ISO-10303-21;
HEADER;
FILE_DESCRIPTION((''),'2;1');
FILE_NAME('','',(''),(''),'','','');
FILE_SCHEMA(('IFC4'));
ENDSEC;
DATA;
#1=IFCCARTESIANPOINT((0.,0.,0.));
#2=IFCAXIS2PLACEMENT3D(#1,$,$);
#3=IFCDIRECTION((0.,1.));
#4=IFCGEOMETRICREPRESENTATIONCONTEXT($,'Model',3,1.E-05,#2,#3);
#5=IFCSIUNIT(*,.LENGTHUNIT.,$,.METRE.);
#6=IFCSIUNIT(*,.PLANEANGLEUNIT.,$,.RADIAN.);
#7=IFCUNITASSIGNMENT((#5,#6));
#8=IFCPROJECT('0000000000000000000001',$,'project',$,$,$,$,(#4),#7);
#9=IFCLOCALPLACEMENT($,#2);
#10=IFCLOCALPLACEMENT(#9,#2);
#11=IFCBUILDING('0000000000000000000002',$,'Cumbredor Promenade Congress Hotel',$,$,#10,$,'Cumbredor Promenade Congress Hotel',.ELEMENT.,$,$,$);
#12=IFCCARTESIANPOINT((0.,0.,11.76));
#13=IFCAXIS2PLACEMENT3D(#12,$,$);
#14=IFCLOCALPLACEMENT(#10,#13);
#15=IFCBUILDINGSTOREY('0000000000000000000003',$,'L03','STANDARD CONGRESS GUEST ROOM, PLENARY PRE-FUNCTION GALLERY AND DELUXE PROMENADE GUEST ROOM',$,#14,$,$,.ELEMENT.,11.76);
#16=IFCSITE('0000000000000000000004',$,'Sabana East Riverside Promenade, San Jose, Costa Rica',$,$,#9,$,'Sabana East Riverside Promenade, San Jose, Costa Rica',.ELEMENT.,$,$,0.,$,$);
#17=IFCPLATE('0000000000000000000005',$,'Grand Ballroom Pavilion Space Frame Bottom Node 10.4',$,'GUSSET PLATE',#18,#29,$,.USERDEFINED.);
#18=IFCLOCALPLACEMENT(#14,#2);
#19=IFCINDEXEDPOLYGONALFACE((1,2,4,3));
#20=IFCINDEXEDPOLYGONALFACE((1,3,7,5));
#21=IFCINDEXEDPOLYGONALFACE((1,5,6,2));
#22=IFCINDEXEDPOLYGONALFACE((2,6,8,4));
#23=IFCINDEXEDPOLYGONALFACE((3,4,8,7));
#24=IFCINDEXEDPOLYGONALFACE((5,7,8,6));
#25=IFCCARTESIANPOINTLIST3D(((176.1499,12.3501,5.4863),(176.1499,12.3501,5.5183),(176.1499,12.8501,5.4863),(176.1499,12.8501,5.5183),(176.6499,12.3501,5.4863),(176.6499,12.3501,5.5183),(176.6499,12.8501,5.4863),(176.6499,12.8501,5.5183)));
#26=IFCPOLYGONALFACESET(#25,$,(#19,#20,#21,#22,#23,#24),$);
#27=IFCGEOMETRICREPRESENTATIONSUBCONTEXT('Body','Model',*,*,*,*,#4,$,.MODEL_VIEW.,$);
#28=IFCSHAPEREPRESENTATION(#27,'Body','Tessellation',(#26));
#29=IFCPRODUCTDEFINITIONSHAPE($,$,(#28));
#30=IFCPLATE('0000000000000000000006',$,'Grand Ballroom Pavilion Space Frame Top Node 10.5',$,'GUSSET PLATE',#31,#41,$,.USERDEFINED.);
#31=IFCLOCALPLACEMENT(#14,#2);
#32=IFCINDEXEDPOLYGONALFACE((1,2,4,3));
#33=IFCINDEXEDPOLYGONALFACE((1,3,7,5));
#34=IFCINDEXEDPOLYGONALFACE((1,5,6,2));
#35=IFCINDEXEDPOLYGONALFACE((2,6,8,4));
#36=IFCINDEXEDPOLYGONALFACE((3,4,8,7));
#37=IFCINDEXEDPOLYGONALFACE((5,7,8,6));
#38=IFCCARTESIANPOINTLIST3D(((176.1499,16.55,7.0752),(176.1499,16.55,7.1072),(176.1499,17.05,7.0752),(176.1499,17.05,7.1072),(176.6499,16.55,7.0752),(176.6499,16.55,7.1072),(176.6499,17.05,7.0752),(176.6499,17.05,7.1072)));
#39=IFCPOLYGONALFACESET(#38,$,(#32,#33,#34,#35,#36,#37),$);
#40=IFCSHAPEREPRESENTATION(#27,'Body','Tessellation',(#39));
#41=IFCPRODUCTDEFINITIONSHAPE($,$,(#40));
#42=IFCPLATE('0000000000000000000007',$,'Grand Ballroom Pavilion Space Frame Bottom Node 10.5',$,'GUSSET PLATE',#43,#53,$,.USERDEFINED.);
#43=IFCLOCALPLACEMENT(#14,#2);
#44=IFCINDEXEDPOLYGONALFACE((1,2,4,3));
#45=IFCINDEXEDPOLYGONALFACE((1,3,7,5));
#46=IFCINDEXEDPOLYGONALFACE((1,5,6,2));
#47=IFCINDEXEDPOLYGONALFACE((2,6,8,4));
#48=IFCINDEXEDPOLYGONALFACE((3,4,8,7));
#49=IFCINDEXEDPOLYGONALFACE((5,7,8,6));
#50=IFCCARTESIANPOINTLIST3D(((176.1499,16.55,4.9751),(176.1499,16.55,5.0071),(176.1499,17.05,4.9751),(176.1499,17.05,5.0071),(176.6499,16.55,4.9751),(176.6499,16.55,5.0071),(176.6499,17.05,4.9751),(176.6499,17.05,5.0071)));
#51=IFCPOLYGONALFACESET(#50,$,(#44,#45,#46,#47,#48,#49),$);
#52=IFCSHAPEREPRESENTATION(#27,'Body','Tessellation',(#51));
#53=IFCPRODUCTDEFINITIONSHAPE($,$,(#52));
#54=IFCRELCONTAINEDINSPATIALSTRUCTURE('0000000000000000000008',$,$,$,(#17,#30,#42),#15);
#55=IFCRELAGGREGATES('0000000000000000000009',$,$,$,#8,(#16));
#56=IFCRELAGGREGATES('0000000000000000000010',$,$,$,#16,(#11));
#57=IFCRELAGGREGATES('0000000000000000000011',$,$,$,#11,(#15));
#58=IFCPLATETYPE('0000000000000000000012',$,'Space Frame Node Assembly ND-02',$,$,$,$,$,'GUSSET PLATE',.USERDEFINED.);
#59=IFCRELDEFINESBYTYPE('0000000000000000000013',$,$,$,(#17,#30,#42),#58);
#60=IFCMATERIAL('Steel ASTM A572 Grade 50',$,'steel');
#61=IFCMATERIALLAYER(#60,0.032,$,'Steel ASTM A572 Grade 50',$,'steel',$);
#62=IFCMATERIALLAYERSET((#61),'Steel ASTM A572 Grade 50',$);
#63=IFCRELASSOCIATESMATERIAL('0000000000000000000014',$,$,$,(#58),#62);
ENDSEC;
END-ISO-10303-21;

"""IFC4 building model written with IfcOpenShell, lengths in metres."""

from ifc_helpers import new_model, si_unit, direction, frame, origin, origin_2d, place, context, subcontext, project, spatial, rectangle, extrude, material, layer, layer_set, type_object, element, save


model = new_model("IFC4")

# Units and contexts
model_context = context("Model", 3, precision=1e-05, world=origin(), true_north=direction((0.0, 1.0)))
body_context = subcontext(model_context, "Body", "Model", "MODEL_VIEW")
ifc_project = project(units=[si_unit("LENGTHUNIT", "METRE"), si_unit("PLANEANGLEUNIT", "RADIAN")], contexts=[model_context])

# Site, building, storey
site_placement = place(None, origin())
site = spatial("IfcSite", under=ifc_project, at=site_placement, Name="Sabana East Riverside Promenade, San Jose, Costa Rica", LongName="Sabana East Riverside Promenade, San Jose, Costa Rica", CompositionType="ELEMENT", RefElevation=0.0)
building_placement = place(site_placement, origin())
building = spatial("IfcBuilding", under=site, at=building_placement, Name="Cumbredor Promenade Congress Hotel", LongName="Cumbredor Promenade Congress Hotel", CompositionType="ELEMENT")
storey_placement = place(building_placement, frame((0.0, 0.0, 11.76)))
storey = spatial("IfcBuildingStorey", under=building, at=storey_placement, Name="L03", Description="STANDARD CONGRESS GUEST ROOM, PLENARY PRE-FUNCTION GALLERY AND DELUXE PROMENADE GUEST ROOM", CompositionType="ELEMENT", Elevation=11.76)

# Plates
ifc_material_1 = material(Name="Steel ASTM A572 Grade 50", Category="steel")
ifc_layer_1 = layer(ifc_material_1, 0.032, Name="Steel ASTM A572 Grade 50", Category="steel")
ifc_layer_set_1 = layer_set([ifc_layer_1], Name="Steel ASTM A572 Grade 50")
plate_type_1 = type_object("IfcPlateType", Name="Space Frame Node Assembly ND-02", ElementType="GUSSET PLATE", PredefinedType="USERDEFINED", material=ifc_layer_set_1)
for number, where, z_axis, x_axis, name in (
    (1, (176.3999, 12.6001, 5.4863), (0.0, 0.0, 1.0), (1.0, 0.0, 0.0), "Grand Ballroom Pavilion Space Frame Bottom Node 10.4"),
    (2, (176.3999, 16.8, 7.0752), (0.0, 0.0, 1.0), (1.0, 0.0, 0.0), "Grand Ballroom Pavilion Space Frame Top Node 10.5"),
    (3, (176.3999, 16.8, 4.9751), (0.0, 0.0, 1.0), (1.0, 0.0, 0.0), "Grand Ballroom Pavilion Space Frame Bottom Node 10.5"),
):
    element("IfcPlate", number, at=place(storey_placement, frame(where, z_axis=z_axis, x_axis=x_axis)), inside=storey, type_object=plate_type_1, Name=name, ObjectType="GUSSET PLATE", PredefinedType="USERDEFINED", context=body_context, shape_type="SweptSolid", body=[
        extrude(rectangle(XDim=0.5, YDim=0.5, at=origin_2d()), origin(), (0.0, 0.0, 1.0), 0.032),
    ])

save(model, "model.ifc")
